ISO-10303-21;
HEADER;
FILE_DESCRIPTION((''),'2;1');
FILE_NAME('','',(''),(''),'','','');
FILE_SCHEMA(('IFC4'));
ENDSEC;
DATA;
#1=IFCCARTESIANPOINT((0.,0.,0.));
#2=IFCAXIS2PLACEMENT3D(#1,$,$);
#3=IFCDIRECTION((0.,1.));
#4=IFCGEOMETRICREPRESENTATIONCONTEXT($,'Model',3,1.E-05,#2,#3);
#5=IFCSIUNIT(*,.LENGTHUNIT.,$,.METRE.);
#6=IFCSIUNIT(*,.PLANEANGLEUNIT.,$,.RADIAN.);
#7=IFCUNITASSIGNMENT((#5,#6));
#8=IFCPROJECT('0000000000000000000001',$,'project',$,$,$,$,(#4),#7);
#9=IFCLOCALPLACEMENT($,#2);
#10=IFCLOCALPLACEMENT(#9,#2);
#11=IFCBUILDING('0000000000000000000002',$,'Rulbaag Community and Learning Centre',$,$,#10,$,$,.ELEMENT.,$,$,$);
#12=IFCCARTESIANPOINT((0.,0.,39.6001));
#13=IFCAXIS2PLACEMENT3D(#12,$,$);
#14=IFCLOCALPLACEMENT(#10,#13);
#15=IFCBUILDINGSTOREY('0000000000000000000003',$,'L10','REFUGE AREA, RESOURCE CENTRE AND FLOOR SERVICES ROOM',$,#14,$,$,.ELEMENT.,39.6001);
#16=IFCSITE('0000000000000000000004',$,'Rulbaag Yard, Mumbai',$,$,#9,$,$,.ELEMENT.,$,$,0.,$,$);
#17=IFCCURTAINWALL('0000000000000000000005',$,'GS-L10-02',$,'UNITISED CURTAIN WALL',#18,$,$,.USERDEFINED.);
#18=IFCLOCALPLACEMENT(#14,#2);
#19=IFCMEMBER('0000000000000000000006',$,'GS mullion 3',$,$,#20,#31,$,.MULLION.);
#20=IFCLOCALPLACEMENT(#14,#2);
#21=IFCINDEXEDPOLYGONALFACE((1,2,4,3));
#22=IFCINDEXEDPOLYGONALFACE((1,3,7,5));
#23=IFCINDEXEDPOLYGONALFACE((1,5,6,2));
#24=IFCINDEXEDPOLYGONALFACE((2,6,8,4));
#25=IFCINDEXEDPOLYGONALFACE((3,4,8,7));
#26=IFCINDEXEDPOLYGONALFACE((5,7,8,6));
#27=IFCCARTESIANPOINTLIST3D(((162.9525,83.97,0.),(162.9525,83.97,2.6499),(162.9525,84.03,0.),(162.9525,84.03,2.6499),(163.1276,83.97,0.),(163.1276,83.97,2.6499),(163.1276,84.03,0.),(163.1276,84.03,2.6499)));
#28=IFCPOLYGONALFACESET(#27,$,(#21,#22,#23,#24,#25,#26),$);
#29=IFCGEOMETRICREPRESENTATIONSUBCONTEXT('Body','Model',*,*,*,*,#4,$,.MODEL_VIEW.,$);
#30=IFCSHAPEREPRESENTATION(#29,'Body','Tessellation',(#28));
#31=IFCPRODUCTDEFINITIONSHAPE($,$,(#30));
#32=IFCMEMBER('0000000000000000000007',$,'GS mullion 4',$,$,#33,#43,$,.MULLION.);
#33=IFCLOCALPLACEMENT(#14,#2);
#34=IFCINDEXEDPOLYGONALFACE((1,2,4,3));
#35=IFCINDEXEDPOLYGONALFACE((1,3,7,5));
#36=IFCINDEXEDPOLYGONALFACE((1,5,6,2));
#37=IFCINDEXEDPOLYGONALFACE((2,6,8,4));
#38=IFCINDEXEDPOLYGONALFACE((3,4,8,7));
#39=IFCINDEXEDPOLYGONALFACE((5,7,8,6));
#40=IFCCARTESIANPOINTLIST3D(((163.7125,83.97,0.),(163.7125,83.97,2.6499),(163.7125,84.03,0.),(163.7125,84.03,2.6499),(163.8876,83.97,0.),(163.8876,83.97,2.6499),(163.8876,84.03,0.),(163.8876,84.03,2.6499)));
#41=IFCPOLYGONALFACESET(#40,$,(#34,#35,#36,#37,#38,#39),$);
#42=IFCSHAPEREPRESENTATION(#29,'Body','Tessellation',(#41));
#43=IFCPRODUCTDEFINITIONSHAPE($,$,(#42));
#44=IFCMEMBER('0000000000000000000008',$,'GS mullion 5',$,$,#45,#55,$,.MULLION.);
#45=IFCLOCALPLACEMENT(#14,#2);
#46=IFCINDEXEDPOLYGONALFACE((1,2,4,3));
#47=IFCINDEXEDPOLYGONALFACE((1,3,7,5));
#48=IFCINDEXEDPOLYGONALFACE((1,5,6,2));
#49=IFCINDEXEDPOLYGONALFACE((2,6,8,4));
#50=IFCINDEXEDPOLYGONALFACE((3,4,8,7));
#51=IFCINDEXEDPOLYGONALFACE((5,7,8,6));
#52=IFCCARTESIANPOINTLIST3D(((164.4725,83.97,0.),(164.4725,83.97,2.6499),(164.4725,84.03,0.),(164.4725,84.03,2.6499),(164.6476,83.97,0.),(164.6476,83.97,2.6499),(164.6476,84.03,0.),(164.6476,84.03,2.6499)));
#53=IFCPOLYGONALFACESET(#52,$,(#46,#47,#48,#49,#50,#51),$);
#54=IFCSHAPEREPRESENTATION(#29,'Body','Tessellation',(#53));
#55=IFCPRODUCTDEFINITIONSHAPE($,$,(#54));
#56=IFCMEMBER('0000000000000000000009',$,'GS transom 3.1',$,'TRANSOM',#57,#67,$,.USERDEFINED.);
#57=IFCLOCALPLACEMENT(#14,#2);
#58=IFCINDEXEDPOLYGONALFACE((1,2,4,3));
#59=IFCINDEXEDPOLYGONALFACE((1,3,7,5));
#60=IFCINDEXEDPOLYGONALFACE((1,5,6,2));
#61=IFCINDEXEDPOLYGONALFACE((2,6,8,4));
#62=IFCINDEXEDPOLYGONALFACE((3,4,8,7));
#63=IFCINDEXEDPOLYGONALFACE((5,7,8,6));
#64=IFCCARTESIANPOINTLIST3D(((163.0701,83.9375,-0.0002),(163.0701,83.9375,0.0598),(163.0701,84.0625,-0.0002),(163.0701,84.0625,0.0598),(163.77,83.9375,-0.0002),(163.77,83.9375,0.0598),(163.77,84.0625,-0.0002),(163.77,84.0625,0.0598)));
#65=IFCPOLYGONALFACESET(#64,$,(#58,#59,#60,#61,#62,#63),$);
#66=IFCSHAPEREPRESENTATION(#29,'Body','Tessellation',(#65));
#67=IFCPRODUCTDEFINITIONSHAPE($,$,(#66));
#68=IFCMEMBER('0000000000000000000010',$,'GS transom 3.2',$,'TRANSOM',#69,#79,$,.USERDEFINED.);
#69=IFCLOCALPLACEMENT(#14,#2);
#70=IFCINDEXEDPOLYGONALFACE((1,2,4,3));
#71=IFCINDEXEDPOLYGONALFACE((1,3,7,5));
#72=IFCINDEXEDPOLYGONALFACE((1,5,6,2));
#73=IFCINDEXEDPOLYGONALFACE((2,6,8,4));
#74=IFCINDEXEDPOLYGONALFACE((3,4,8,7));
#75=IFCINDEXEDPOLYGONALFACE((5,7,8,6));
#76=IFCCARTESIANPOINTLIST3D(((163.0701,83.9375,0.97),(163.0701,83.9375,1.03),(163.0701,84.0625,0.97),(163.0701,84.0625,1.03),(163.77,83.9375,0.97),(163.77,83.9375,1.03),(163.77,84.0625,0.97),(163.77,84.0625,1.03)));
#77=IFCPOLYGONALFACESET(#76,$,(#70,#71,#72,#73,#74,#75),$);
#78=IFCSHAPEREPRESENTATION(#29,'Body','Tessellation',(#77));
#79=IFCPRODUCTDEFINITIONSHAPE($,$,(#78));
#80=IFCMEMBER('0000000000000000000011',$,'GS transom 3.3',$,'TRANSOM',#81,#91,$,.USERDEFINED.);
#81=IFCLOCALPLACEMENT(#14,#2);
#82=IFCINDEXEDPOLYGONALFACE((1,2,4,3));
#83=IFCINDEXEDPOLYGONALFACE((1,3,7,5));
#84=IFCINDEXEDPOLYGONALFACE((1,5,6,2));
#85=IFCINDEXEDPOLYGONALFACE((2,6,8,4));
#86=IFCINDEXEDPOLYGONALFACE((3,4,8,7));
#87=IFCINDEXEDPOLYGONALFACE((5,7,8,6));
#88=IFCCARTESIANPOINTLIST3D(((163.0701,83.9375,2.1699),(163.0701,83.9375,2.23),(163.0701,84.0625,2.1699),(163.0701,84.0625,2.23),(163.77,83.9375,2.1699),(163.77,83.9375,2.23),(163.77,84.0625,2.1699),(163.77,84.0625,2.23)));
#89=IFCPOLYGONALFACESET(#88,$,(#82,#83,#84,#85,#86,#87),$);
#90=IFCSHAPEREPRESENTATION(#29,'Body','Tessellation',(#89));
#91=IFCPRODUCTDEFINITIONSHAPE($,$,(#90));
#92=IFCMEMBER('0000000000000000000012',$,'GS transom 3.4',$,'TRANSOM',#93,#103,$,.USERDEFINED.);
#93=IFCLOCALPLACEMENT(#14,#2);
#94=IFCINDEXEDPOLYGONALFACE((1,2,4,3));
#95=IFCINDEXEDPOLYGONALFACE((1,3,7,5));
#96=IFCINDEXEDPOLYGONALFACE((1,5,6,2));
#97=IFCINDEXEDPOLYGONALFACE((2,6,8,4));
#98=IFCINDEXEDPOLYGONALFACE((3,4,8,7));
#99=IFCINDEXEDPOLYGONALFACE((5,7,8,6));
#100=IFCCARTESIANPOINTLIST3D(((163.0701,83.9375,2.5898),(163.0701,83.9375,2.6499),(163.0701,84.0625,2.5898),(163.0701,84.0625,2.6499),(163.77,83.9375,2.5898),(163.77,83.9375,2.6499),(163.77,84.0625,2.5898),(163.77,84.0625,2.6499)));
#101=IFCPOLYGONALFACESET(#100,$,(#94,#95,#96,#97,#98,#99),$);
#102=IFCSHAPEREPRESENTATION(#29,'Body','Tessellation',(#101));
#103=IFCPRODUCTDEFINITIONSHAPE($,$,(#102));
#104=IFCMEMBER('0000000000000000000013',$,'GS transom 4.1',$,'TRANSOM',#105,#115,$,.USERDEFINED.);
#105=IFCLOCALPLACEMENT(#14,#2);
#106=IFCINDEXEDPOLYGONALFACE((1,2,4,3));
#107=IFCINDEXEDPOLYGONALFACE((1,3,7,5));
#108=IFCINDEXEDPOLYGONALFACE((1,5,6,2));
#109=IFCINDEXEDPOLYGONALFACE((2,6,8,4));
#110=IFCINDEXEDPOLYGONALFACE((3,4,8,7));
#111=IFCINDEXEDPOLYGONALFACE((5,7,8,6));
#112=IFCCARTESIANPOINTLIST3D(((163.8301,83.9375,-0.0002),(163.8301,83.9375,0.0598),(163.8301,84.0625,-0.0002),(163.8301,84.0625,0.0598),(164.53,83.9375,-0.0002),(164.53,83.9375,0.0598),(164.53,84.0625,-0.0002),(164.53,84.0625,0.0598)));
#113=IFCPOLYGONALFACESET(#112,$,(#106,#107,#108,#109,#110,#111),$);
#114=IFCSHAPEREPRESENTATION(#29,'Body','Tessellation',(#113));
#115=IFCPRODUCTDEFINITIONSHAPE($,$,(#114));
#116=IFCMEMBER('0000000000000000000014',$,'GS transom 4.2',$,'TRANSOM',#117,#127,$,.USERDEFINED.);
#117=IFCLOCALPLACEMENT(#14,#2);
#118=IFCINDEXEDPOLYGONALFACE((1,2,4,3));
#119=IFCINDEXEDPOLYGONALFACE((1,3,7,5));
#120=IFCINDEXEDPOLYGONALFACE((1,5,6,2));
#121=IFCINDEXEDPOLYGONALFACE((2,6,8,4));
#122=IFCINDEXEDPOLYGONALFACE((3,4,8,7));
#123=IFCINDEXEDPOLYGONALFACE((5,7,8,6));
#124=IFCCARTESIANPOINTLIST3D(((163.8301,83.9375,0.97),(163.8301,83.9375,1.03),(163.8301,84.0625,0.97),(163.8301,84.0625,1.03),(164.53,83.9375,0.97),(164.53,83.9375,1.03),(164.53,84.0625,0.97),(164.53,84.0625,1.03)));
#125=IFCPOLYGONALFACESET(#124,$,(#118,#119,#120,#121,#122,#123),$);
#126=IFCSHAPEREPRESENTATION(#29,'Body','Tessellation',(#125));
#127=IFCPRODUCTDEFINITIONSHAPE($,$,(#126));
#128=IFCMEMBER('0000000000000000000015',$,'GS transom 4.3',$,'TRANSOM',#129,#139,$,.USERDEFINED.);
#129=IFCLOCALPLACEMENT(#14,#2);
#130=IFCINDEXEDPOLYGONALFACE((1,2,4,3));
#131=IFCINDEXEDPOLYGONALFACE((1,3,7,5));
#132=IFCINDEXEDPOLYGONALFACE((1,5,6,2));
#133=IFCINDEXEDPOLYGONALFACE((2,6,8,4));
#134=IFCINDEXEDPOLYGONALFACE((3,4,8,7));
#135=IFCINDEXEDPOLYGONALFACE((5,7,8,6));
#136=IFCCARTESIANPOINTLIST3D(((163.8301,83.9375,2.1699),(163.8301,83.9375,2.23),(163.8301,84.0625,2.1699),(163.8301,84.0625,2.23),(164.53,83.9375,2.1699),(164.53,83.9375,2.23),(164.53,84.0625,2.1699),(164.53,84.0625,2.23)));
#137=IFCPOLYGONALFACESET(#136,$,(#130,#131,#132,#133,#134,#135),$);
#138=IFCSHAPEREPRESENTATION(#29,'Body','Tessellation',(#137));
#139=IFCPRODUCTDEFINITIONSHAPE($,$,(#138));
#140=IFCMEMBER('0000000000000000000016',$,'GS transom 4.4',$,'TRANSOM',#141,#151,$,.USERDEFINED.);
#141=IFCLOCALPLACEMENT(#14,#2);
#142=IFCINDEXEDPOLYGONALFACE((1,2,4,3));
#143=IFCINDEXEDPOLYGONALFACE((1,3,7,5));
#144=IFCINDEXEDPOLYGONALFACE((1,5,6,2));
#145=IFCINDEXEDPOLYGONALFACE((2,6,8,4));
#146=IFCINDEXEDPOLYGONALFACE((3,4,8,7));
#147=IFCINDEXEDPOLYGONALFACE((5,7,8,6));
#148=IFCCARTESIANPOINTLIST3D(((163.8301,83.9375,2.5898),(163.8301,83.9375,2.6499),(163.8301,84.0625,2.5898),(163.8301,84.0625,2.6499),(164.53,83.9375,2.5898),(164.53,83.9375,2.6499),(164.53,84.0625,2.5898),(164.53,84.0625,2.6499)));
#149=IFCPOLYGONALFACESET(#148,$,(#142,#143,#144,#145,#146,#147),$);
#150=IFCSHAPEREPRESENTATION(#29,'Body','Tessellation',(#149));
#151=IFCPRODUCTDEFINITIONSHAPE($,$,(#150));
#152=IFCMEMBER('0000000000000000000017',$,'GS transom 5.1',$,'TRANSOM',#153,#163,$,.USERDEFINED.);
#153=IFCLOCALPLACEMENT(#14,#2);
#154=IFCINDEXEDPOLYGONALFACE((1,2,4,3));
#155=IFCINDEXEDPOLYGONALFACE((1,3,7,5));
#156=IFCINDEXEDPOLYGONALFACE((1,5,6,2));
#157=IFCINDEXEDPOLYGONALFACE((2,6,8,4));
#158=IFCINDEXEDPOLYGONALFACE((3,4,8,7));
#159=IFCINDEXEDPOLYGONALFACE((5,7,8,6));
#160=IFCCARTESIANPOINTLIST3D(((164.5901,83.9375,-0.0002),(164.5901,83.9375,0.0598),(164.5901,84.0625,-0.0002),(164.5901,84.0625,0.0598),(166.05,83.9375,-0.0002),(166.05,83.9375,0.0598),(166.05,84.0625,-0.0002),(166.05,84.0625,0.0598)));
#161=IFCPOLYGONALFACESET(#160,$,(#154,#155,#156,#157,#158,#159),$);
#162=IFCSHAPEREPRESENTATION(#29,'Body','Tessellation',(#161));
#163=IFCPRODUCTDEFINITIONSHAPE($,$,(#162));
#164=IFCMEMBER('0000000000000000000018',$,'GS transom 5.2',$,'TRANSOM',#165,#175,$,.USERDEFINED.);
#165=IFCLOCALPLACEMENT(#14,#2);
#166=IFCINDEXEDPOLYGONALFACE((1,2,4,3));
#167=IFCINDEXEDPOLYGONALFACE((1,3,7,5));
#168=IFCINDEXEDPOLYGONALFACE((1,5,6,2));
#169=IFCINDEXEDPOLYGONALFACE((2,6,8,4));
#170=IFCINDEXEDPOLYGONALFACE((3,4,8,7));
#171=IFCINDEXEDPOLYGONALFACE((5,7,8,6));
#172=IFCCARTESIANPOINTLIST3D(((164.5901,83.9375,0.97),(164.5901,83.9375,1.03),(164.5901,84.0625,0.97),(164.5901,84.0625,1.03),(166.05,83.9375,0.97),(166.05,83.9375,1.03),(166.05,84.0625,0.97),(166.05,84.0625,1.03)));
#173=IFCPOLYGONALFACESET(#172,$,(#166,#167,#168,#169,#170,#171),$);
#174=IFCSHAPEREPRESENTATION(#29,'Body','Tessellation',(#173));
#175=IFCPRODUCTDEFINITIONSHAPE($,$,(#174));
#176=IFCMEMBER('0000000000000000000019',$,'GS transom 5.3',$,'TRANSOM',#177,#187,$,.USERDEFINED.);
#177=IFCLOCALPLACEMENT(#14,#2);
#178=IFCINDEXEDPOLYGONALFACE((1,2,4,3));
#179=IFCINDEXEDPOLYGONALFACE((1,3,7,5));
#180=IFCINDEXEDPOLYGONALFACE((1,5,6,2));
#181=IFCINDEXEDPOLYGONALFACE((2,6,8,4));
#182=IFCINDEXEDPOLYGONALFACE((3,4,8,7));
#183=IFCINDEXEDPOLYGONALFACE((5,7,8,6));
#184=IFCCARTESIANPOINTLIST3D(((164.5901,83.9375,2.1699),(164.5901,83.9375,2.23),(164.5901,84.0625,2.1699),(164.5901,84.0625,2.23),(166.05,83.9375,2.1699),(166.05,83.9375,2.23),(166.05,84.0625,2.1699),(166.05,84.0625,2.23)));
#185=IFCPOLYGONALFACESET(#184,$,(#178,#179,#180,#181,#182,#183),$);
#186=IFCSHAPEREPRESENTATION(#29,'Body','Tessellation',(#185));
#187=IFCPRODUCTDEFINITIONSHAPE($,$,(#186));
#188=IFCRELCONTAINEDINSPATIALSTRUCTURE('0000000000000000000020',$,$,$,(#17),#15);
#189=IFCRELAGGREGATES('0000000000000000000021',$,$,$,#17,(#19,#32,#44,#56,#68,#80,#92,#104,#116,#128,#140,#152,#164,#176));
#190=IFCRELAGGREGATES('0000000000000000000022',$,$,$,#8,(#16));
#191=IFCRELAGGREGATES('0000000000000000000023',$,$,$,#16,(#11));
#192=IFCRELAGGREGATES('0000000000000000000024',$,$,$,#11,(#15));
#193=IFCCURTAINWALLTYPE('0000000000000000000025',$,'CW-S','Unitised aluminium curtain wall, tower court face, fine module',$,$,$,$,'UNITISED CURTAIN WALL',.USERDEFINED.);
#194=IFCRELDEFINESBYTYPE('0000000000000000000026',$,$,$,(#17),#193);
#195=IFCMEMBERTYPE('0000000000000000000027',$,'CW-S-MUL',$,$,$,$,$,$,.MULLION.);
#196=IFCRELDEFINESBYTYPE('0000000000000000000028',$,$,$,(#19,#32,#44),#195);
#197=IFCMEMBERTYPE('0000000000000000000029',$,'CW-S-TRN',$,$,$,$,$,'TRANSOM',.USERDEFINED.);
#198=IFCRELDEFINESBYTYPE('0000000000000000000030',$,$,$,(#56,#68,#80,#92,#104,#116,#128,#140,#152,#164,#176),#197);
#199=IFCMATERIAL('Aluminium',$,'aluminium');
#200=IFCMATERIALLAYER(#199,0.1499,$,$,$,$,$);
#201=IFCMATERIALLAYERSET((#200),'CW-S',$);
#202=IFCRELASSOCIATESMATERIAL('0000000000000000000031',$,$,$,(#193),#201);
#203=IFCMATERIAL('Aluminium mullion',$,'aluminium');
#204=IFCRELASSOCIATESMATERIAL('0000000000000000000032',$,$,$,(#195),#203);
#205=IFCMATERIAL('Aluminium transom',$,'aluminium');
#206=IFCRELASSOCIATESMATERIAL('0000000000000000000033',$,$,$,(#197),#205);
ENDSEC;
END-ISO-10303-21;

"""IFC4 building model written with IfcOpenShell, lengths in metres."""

from ifc_helpers import new_model, si_unit, direction, frame, origin, origin_2d, place, context, subcontext, project, spatial, rectangle, extrude, material, layer, layer_set, material_profile, profile_set, type_object, element, aggregate, save


model = new_model("IFC4")

# Units and contexts
model_context = context("Model", 3, precision=1e-05, world=origin(), true_north=direction((0.0, 1.0)))
body_context = subcontext(model_context, "Body", "Model", "MODEL_VIEW")
ifc_project = project(units=[si_unit("LENGTHUNIT", "METRE"), si_unit("PLANEANGLEUNIT", "RADIAN")], contexts=[model_context])

# Site, building, storey
site_placement = place(None, origin())
site = spatial("IfcSite", under=ifc_project, at=site_placement, Name="Rulbaag Yard, Mumbai", CompositionType="ELEMENT", RefElevation=0.0)
building_placement = place(site_placement, origin())
building = spatial("IfcBuilding", under=site, at=building_placement, Name="Rulbaag Community and Learning Centre", CompositionType="ELEMENT")
storey_placement = place(building_placement, frame((0.0, 0.0, 39.6001)))
storey = spatial("IfcBuildingStorey", under=building, at=storey_placement, Name="L10", Description="REFUGE AREA, RESOURCE CENTRE AND FLOOR SERVICES ROOM", CompositionType="ELEMENT", Elevation=39.6001)

# Curtain wall, members
ifc_material_1 = material(Name="Aluminium", Category="aluminium")
ifc_layer_1 = layer(ifc_material_1, 0.1499)
ifc_layer_set_1 = layer_set([ifc_layer_1], Name="CW-S")
curtain_wall_type = type_object("IfcCurtainWallType", Name="CW-S", Description="Unitised aluminium curtain wall, tower court face, fine module", ElementType="UNITISED CURTAIN WALL", PredefinedType="USERDEFINED", material=ifc_layer_set_1)
curtain_wall_placement = place(storey_placement, origin())
curtain_wall = element("IfcCurtainWall", 1, at=curtain_wall_placement, inside=storey, type_object=curtain_wall_type, Name="GS-L10-02", ObjectType="UNITISED CURTAIN WALL", PredefinedType="USERDEFINED")
ifc_material_2 = material(Name="Aluminium mullion", Category="aluminium")
ifc_material_profile_1 = material_profile(ifc_material_2, rectangle(XDim=0.0601, YDim=0.175, at=origin_2d()), Name="AL 60x175")
ifc_profile_set_1 = profile_set([ifc_material_profile_1], Name="Aluminium mullion")
member_type_1 = type_object("IfcMemberType", Name="CW-S-MUL", PredefinedType="MULLION", material=ifc_profile_set_1)
member_1_placement = place(storey_placement, frame((163.04, 84.0, 0.0), z_axis=(0.0, 0.0, 1.0), x_axis=(0.0, 1.0, 0.0)))
member_1 = element("IfcMember", 2, at=member_1_placement, type_object=member_type_1, Name="GS mullion 3", PredefinedType="MULLION", context=body_context, shape_type="SweptSolid", body=[
    extrude(rectangle(XDim=0.0601, YDim=0.175, at=origin_2d()), origin(), (0.0, 0.0, 1.0), 2.6499),
])
member_2_placement = place(storey_placement, frame((163.8, 84.0, 0.0), z_axis=(0.0, 0.0, 1.0), x_axis=(0.0, 1.0, 0.0)))
member_2 = element("IfcMember", 3, at=member_2_placement, type_object=member_type_1, Name="GS mullion 4", PredefinedType="MULLION", context=body_context, shape_type="SweptSolid", body=[
    extrude(rectangle(XDim=0.0601, YDim=0.175, at=origin_2d()), origin(), (0.0, 0.0, 1.0), 2.6499),
])
member_3_placement = place(storey_placement, frame((164.5601, 84.0, 0.0), z_axis=(0.0, 0.0, 1.0), x_axis=(0.0, 1.0, 0.0)))
member_3 = element("IfcMember", 4, at=member_3_placement, type_object=member_type_1, Name="GS mullion 5", PredefinedType="MULLION", context=body_context, shape_type="SweptSolid", body=[
    extrude(rectangle(XDim=0.0601, YDim=0.175, at=origin_2d()), origin(), (0.0, 0.0, 1.0), 2.6499),
])
ifc_material_3 = material(Name="Aluminium transom", Category="aluminium")
ifc_material_profile_2 = material_profile(ifc_material_3, rectangle(XDim=0.125, YDim=0.0601, at=origin_2d()), Name="AL 60x125 T")
ifc_profile_set_2 = profile_set([ifc_material_profile_2], Name="Aluminium transom")
member_type_2 = type_object("IfcMemberType", Name="CW-S-TRN", ElementType="TRANSOM", PredefinedType="USERDEFINED", material=ifc_profile_set_2)
member_4_placement = place(storey_placement, frame((163.0701, 84.0, 0.0298), z_axis=(1.0, 0.0, 0.0), x_axis=(0.0, 1.0, 0.0)))
member_4 = element("IfcMember", 5, at=member_4_placement, type_object=member_type_2, Name="GS transom 3.1", ObjectType="TRANSOM", PredefinedType="USERDEFINED", context=body_context, shape_type="SweptSolid", body=[
    extrude(rectangle(XDim=0.125, YDim=0.0601, at=origin_2d()), origin(), (0.0, 0.0, 1.0), 0.7),
])
member_5_placement = place(storey_placement, frame((163.0701, 84.0, 1.0), z_axis=(1.0, 0.0, 0.0), x_axis=(0.0, 1.0, 0.0)))
member_5 = element("IfcMember", 6, at=member_5_placement, type_object=member_type_2, Name="GS transom 3.2", ObjectType="TRANSOM", PredefinedType="USERDEFINED", context=body_context, shape_type="SweptSolid", body=[
    extrude(rectangle(XDim=0.125, YDim=0.0601, at=origin_2d()), origin(), (0.0, 0.0, 1.0), 0.7),
])
member_6_placement = place(storey_placement, frame((163.0701, 84.0, 2.2), z_axis=(1.0, 0.0, 0.0), x_axis=(0.0, 1.0, 0.0)))
member_6 = element("IfcMember", 7, at=member_6_placement, type_object=member_type_2, Name="GS transom 3.3", ObjectType="TRANSOM", PredefinedType="USERDEFINED", context=body_context, shape_type="SweptSolid", body=[
    extrude(rectangle(XDim=0.125, YDim=0.0601, at=origin_2d()), origin(), (0.0, 0.0, 1.0), 0.7),
])
member_7_placement = place(storey_placement, frame((163.0701, 84.0, 2.6199), z_axis=(1.0, 0.0, 0.0), x_axis=(0.0, 1.0, 0.0)))
member_7 = element("IfcMember", 8, at=member_7_placement, type_object=member_type_2, Name="GS transom 3.4", ObjectType="TRANSOM", PredefinedType="USERDEFINED", context=body_context, shape_type="SweptSolid", body=[
    extrude(rectangle(XDim=0.125, YDim=0.0601, at=origin_2d()), origin(), (0.0, 0.0, 1.0), 0.7),
])
member_8_placement = place(storey_placement, frame((163.8301, 84.0, 0.0298), z_axis=(1.0, 0.0, 0.0), x_axis=(0.0, 1.0, 0.0)))
member_8 = element("IfcMember", 9, at=member_8_placement, type_object=member_type_2, Name="GS transom 4.1", ObjectType="TRANSOM", PredefinedType="USERDEFINED", context=body_context, shape_type="SweptSolid", body=[
    extrude(rectangle(XDim=0.125, YDim=0.0601, at=origin_2d()), origin(), (0.0, 0.0, 1.0), 0.7),
])
member_9_placement = place(storey_placement, frame((163.8301, 84.0, 1.0), z_axis=(1.0, 0.0, 0.0), x_axis=(0.0, 1.0, 0.0)))
member_9 = element("IfcMember", 10, at=member_9_placement, type_object=member_type_2, Name="GS transom 4.2", ObjectType="TRANSOM", PredefinedType="USERDEFINED", context=body_context, shape_type="SweptSolid", body=[
    extrude(rectangle(XDim=0.125, YDim=0.0601, at=origin_2d()), origin(), (0.0, 0.0, 1.0), 0.7),
])
member_10_placement = place(storey_placement, frame((163.8301, 84.0, 2.2), z_axis=(1.0, 0.0, 0.0), x_axis=(0.0, 1.0, 0.0)))
member_10 = element("IfcMember", 11, at=member_10_placement, type_object=member_type_2, Name="GS transom 4.3", ObjectType="TRANSOM", PredefinedType="USERDEFINED", context=body_context, shape_type="SweptSolid", body=[
    extrude(rectangle(XDim=0.125, YDim=0.0601, at=origin_2d()), origin(), (0.0, 0.0, 1.0), 0.7),
])
member_11_placement = place(storey_placement, frame((163.8301, 84.0, 2.6199), z_axis=(1.0, 0.0, 0.0), x_axis=(0.0, 1.0, 0.0)))
member_11 = element("IfcMember", 12, at=member_11_placement, type_object=member_type_2, Name="GS transom 4.4", ObjectType="TRANSOM", PredefinedType="USERDEFINED", context=body_context, shape_type="SweptSolid", body=[
    extrude(rectangle(XDim=0.125, YDim=0.0601, at=origin_2d()), origin(), (0.0, 0.0, 1.0), 0.7),
])
member_12_placement = place(storey_placement, frame((164.5901, 84.0, 0.0298), z_axis=(1.0, 0.0, 0.0), x_axis=(0.0, 1.0, 0.0)))
member_12 = element("IfcMember", 13, at=member_12_placement, type_object=member_type_2, Name="GS transom 5.1", ObjectType="TRANSOM", PredefinedType="USERDEFINED", context=body_context, shape_type="SweptSolid", body=[
    extrude(rectangle(XDim=0.125, YDim=0.0601, at=origin_2d()), origin(), (0.0, 0.0, 1.0), 1.46),
])
member_13_placement = place(storey_placement, frame((164.5901, 84.0, 1.0), z_axis=(1.0, 0.0, 0.0), x_axis=(0.0, 1.0, 0.0)))
member_13 = element("IfcMember", 14, at=member_13_placement, type_object=member_type_2, Name="GS transom 5.2", ObjectType="TRANSOM", PredefinedType="USERDEFINED", context=body_context, shape_type="SweptSolid", body=[
    extrude(rectangle(XDim=0.125, YDim=0.0601, at=origin_2d()), origin(), (0.0, 0.0, 1.0), 1.46),
])
member_14_placement = place(storey_placement, frame((164.5901, 84.0, 2.2), z_axis=(1.0, 0.0, 0.0), x_axis=(0.0, 1.0, 0.0)))
member_14 = element("IfcMember", 15, at=member_14_placement, type_object=member_type_2, Name="GS transom 5.3", ObjectType="TRANSOM", PredefinedType="USERDEFINED", context=body_context, shape_type="SweptSolid", body=[
    extrude(rectangle(XDim=0.125, YDim=0.0601, at=origin_2d()), origin(), (0.0, 0.0, 1.0), 1.46),
])
aggregate(curtain_wall, [member_1, member_2, member_3, member_4, member_5, member_6, member_7, member_8, member_9, member_10, member_11, member_12, member_13, member_14])

save(model, "model.ifc")
